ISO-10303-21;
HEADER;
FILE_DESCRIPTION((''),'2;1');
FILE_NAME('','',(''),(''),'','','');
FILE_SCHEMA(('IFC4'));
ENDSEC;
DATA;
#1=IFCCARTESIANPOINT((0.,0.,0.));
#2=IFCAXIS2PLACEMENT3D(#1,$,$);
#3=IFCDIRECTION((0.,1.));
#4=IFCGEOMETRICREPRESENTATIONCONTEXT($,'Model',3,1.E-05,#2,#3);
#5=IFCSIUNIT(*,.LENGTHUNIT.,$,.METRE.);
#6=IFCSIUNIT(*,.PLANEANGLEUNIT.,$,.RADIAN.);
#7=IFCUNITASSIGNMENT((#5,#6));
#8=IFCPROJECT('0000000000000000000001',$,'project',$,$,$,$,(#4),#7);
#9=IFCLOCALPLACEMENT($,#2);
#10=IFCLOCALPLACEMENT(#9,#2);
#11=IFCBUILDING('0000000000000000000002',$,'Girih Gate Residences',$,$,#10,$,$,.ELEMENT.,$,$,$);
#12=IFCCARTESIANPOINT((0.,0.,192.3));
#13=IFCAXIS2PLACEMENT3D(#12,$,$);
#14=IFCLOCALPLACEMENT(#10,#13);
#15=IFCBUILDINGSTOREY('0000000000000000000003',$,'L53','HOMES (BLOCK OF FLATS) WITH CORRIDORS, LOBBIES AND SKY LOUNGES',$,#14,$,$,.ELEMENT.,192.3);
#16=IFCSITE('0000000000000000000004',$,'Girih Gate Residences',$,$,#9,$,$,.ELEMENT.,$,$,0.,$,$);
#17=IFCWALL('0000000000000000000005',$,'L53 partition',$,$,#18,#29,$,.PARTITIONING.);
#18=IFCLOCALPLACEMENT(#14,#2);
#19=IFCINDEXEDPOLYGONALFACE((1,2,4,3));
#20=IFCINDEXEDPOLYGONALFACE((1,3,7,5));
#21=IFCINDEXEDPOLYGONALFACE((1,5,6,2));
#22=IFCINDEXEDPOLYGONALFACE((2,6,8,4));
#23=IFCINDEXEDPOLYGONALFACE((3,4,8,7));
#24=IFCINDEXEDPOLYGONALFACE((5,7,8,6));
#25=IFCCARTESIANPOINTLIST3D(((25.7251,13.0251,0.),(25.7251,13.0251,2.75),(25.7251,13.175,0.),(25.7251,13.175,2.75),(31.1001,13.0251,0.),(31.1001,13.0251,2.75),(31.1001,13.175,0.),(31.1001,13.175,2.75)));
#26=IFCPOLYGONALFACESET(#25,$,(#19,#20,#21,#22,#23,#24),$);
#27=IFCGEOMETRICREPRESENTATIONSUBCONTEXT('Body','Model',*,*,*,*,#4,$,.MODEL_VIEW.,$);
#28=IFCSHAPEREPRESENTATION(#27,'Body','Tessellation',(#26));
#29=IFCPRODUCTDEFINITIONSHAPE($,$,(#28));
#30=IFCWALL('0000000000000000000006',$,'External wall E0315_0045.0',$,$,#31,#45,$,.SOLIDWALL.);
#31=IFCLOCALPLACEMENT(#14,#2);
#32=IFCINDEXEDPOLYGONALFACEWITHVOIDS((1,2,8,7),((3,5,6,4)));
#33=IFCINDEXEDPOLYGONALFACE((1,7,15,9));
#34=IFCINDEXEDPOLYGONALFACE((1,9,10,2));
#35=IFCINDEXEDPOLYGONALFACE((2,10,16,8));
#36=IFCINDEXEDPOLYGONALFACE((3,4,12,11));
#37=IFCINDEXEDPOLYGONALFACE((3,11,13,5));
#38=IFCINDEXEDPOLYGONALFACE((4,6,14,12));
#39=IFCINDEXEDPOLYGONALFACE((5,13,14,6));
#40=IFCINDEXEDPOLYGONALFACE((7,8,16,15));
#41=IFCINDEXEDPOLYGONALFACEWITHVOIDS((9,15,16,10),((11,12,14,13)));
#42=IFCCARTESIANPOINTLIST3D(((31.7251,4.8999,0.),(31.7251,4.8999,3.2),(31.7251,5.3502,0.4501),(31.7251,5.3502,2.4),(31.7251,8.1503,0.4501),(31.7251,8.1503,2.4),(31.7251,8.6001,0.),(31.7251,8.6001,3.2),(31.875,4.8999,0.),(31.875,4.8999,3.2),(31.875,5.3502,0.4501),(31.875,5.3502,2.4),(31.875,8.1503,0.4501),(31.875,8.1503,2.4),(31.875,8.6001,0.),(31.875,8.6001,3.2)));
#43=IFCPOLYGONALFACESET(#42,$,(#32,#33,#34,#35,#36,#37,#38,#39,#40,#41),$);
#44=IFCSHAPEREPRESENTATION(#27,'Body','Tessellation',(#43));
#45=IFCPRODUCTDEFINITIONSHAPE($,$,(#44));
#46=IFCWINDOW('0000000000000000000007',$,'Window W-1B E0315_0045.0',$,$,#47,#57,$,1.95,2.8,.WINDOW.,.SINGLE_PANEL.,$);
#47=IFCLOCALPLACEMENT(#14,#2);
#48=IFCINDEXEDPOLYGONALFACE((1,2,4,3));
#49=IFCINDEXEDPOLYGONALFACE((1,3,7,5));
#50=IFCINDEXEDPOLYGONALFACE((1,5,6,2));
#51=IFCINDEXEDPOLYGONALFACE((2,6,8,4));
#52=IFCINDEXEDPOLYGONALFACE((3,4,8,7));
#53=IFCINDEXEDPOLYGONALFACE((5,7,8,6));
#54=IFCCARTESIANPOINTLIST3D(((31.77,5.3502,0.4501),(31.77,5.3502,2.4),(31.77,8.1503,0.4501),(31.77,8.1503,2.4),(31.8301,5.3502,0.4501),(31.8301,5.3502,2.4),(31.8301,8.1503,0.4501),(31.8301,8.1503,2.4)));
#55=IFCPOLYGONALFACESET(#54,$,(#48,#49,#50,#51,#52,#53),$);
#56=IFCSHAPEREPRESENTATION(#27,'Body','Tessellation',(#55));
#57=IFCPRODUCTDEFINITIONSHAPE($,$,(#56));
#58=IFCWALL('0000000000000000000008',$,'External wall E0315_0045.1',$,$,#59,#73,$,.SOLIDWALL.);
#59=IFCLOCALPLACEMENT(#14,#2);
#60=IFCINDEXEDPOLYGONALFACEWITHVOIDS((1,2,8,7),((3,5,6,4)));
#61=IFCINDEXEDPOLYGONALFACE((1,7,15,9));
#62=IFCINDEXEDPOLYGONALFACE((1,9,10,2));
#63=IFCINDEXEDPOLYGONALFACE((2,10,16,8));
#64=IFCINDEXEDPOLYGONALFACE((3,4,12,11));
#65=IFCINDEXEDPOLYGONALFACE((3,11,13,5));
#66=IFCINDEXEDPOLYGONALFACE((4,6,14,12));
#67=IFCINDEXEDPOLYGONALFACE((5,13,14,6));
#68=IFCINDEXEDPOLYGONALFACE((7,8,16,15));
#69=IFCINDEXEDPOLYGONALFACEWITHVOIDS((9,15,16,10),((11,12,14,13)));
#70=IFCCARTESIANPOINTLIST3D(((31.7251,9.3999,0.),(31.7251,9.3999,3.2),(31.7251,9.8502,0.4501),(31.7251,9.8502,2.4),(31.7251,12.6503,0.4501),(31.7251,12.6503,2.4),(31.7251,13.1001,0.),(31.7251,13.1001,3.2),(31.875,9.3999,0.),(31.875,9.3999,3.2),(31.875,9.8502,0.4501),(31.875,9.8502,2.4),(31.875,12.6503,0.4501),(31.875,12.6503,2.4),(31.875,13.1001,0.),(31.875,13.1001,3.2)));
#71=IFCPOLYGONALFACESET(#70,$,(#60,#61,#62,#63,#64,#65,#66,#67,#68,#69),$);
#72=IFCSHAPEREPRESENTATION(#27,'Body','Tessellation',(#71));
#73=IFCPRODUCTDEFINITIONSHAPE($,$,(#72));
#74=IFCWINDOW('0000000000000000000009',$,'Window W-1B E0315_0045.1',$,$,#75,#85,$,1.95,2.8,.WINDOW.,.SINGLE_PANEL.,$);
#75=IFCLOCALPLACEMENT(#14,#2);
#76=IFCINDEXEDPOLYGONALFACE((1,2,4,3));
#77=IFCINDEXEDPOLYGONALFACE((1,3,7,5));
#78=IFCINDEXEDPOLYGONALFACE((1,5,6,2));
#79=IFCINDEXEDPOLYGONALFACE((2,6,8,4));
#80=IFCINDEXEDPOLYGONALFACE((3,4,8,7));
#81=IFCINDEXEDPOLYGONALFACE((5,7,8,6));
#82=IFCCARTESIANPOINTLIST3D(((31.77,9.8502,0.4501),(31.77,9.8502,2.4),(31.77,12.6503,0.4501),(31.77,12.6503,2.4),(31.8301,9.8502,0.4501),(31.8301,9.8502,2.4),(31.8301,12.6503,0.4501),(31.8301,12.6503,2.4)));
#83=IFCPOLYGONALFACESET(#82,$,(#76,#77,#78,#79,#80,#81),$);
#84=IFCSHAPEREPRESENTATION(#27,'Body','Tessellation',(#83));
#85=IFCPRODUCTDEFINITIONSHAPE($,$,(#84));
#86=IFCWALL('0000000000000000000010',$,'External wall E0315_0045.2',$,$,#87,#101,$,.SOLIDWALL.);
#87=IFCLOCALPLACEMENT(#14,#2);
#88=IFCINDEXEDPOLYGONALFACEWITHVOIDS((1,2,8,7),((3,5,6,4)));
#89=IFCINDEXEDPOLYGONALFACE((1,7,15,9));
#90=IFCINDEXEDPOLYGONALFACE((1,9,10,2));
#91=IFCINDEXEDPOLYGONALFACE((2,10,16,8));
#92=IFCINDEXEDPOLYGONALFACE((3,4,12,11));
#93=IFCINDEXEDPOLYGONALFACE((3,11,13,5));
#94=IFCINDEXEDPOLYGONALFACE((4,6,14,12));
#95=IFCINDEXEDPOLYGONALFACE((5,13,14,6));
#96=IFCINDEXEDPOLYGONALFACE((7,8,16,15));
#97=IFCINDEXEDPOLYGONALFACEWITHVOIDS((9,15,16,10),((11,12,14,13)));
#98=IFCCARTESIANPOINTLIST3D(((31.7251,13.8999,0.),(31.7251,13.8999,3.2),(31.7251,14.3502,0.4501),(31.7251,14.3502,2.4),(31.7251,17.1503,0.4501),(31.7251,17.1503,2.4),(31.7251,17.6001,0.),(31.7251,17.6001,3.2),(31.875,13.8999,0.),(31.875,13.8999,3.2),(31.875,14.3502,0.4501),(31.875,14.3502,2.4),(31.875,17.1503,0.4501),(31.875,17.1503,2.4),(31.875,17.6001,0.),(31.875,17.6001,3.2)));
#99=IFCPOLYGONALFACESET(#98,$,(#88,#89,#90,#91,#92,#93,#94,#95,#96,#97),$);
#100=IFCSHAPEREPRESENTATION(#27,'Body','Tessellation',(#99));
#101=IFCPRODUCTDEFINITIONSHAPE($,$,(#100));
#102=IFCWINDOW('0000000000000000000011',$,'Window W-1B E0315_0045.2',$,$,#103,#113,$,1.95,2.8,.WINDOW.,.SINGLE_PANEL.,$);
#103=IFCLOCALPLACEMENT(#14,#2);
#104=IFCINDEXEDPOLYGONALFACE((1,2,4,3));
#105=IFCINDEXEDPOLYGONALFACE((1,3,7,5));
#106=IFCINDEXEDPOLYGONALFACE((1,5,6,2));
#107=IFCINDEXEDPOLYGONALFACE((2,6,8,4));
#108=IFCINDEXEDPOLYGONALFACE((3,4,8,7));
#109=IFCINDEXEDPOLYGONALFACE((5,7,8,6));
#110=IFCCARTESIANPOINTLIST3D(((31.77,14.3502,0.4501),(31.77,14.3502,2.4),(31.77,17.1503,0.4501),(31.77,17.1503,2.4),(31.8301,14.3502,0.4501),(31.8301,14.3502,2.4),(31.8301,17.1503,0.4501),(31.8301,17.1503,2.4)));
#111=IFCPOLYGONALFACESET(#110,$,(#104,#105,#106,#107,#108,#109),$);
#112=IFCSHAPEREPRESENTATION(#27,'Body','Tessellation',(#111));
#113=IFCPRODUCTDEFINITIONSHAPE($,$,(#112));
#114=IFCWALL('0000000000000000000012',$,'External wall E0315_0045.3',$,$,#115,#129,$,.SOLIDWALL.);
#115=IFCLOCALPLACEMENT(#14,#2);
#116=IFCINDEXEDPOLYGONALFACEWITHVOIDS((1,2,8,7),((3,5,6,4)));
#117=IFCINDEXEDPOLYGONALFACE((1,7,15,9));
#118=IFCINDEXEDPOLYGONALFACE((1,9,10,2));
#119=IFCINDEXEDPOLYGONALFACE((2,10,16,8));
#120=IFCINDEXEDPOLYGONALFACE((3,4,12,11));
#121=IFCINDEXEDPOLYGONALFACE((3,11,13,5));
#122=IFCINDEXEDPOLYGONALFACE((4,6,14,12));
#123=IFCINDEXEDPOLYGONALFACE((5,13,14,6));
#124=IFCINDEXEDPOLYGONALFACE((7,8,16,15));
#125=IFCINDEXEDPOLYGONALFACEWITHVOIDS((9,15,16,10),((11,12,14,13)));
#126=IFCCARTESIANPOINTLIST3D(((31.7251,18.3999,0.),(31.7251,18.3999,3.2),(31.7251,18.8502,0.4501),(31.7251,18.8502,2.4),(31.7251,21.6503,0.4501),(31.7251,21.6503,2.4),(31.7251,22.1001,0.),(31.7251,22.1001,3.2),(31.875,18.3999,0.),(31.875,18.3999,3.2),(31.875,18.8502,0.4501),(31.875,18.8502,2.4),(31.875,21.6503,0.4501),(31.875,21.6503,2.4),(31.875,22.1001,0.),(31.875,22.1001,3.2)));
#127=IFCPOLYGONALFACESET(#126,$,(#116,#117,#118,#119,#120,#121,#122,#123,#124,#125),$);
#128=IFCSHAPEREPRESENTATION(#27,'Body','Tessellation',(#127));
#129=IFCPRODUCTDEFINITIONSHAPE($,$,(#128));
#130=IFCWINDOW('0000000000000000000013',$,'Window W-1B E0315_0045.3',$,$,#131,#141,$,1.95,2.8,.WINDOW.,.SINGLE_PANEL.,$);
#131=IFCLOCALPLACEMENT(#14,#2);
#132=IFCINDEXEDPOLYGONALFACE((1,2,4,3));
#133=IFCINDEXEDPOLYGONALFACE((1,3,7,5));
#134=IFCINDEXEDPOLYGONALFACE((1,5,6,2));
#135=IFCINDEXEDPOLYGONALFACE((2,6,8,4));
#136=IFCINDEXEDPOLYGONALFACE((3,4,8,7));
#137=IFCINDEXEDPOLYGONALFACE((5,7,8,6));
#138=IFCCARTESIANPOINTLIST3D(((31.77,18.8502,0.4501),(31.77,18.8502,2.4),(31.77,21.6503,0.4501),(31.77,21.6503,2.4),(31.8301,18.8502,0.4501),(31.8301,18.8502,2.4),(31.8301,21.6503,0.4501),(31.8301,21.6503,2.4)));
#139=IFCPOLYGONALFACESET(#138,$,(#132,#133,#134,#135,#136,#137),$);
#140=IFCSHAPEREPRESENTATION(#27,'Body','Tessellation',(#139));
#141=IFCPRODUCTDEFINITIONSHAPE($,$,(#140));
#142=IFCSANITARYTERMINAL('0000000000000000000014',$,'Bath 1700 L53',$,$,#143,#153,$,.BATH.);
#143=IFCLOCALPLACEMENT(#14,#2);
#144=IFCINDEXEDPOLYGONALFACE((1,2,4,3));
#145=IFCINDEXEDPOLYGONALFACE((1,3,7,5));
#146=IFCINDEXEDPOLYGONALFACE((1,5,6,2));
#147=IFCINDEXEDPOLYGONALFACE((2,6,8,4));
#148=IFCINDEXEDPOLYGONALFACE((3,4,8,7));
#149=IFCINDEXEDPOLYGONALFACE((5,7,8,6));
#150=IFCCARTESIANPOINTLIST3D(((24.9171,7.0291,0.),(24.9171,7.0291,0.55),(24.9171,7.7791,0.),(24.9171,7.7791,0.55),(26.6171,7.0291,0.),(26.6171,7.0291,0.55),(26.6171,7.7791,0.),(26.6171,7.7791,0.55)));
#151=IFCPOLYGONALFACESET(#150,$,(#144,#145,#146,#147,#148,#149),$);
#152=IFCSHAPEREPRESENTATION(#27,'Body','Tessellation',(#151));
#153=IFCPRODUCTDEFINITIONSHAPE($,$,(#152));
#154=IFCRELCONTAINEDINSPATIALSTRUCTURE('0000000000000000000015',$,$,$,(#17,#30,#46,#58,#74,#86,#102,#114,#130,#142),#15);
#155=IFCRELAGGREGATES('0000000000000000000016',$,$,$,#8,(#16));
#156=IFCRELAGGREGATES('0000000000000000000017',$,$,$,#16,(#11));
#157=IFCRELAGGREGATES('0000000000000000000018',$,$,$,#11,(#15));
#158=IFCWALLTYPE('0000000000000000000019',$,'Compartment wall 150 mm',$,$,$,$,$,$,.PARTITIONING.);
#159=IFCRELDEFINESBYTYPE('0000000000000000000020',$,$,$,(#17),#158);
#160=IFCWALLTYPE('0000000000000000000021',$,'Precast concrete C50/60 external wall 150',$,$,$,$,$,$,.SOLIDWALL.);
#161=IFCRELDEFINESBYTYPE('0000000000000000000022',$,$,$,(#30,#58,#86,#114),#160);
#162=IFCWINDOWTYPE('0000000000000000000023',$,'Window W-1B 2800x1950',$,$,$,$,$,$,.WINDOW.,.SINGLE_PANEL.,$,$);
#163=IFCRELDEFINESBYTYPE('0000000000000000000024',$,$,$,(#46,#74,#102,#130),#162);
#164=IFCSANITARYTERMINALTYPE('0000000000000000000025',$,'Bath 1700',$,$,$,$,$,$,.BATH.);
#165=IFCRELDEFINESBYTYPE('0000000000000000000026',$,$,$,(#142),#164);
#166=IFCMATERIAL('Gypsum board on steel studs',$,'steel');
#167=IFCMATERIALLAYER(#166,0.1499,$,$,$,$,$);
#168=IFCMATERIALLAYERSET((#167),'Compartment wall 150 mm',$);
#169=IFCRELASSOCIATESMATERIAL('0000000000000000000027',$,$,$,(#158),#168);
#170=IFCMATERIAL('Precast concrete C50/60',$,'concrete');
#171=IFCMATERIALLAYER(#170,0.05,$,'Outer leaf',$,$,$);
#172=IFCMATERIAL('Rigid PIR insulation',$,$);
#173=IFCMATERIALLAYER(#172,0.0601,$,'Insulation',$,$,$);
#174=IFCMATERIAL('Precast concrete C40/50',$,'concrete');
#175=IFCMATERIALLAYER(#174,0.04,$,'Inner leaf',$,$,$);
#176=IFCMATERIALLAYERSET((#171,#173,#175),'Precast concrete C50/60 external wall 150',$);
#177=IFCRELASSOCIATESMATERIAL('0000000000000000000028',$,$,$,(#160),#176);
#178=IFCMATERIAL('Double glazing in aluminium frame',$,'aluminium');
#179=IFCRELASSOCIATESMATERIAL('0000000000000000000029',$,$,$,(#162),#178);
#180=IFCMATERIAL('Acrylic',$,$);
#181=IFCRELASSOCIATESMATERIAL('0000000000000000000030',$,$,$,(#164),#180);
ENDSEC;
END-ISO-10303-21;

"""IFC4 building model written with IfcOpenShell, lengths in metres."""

from ifc_helpers import new_model, si_unit, direction, frame, frame_2d, origin, origin_2d, place, context, subcontext, project, spatial, rectangle, extrude, material, layer, layer_set, type_object, element, fill, save


model = new_model("IFC4")

# Units and contexts
model_context = context("Model", 3, precision=1e-05, world=origin(), true_north=direction((0.0, 1.0)))
body_context = subcontext(model_context, "Body", "Model", "MODEL_VIEW")
ifc_project = project(units=[si_unit("LENGTHUNIT", "METRE"), si_unit("PLANEANGLEUNIT", "RADIAN")], contexts=[model_context])

# Site, building, storey
site_placement = place(None, origin())
site = spatial("IfcSite", under=ifc_project, at=site_placement, Name="Girih Gate Residences", CompositionType="ELEMENT", RefElevation=0.0)
building_placement = place(site_placement, origin())
building = spatial("IfcBuilding", under=site, at=building_placement, Name="Girih Gate Residences", CompositionType="ELEMENT")
storey_placement = place(building_placement, frame((0.0, 0.0, 192.3)))
storey = spatial("IfcBuildingStorey", under=building, at=storey_placement, Name="L53", Description="HOMES (BLOCK OF FLATS) WITH CORRIDORS, LOBBIES AND SKY LOUNGES", CompositionType="ELEMENT", Elevation=192.3)

# Shared definitions
ifc_material_1 = material(Name="Gypsum board on steel studs", Category="steel")
ifc_layer_1 = layer(ifc_material_1, 0.1499)
ifc_layer_set_1 = layer_set([ifc_layer_1], Name="Compartment wall 150 mm")
wall_type_1 = type_object("IfcWallType", Name="Compartment wall 150 mm", PredefinedType="PARTITIONING", material=ifc_layer_set_1)

# Wall
wall_1_placement = place(storey_placement, frame((25.7251, 13.1001, 0.0), z_axis=(0.0, 0.0, 1.0), x_axis=(1.0, 0.0, 0.0)))
element("IfcWall", 1, at=wall_1_placement, inside=storey, type_object=wall_type_1, Name="L53 partition", PredefinedType="PARTITIONING", context=body_context, shape_type="SweptSolid", body=[
    extrude(rectangle(XDim=5.375, YDim=0.1499, at=frame_2d((2.6875, 0.0))), origin(), (0.0, 0.0, 1.0), 2.75),
])

# Walls, openings, windows
ifc_material_2 = material(Name="Precast concrete C50/60", Category="concrete")
ifc_layer_2 = layer(ifc_material_2, 0.05, Name="Outer leaf")
ifc_material_3 = material(Name="Rigid PIR insulation")
ifc_layer_3 = layer(ifc_material_3, 0.0601, Name="Insulation")
ifc_material_4 = material(Name="Precast concrete C40/50", Category="concrete")
ifc_layer_4 = layer(ifc_material_4, 0.04, Name="Inner leaf")
ifc_layer_set_2 = layer_set([ifc_layer_2, ifc_layer_3, ifc_layer_4], Name="Precast concrete C50/60 external wall 150")
wall_type_2 = type_object("IfcWallType", Name="Precast concrete C50/60 external wall 150", PredefinedType="SOLIDWALL", material=ifc_layer_set_2)
wall_2_placement = place(storey_placement, frame((31.8, 8.6001, 0.0), z_axis=(0.0, 0.0, 1.0), x_axis=(0.0, -1.0, 0.0)))
wall_2 = element("IfcWall", 2, at=wall_2_placement, inside=storey, type_object=wall_type_2, Name="External wall E0315_0045.0", PredefinedType="SOLIDWALL", context=body_context, shape_type="SweptSolid", body=[
    extrude(rectangle(XDim=3.7002, YDim=0.1499, at=frame_2d((1.8501, 0.0))), origin(), (0.0, 0.0, 1.0), 3.2),
])
opening_1_placement = place(wall_2_placement, frame((0.45, 0.0, 0.45)))
opening_1 = element("IfcOpeningElement", 3, at=opening_1_placement, cuts=wall_2, PredefinedType="OPENING", context=body_context, shape_type="SweptSolid", body=[
    extrude(rectangle(XDim=2.8, YDim=1.95, at=frame_2d((1.3999, 0.9751))), frame((0.0, 0.085, 0.0), z_axis=(0.0, -1.0, 0.0), x_axis=(1.0, 0.0, 0.0)), (0.0, 0.0, 1.0), 0.1699),
])
ifc_material_5 = material(Name="Double glazing in aluminium frame", Category="aluminium")
window_type = type_object("IfcWindowType", Name="Window W-1B 2800x1950", PartitioningType="SINGLE_PANEL", PredefinedType="WINDOW", material=ifc_material_5)
window_1_placement = place(opening_1_placement, origin())
window_1 = element("IfcWindow", 4, at=window_1_placement, inside=storey, type_object=window_type, Name="Window W-1B E0315_0045.0", OverallHeight=1.95, OverallWidth=2.8, PartitioningType="SINGLE_PANEL", PredefinedType="WINDOW", context=body_context, shape_type="SweptSolid", body=[
    extrude(rectangle(XDim=2.8, YDim=1.95, at=frame_2d((1.3999, 0.9751))), frame((0.0, 0.03, 0.0), z_axis=(0.0, -1.0, 0.0), x_axis=(1.0, 0.0, 0.0)), (0.0, 0.0, 1.0), 0.0601),
])
fill(opening_1, window_1)
wall_3_placement = place(storey_placement, frame((31.8, 13.1001, 0.0), z_axis=(0.0, 0.0, 1.0), x_axis=(0.0, -1.0, 0.0)))
wall_3 = element("IfcWall", 5, at=wall_3_placement, inside=storey, type_object=wall_type_2, Name="External wall E0315_0045.1", PredefinedType="SOLIDWALL", context=body_context, shape_type="SweptSolid", body=[
    extrude(rectangle(XDim=3.7002, YDim=0.1499, at=frame_2d((1.8501, 0.0))), origin(), (0.0, 0.0, 1.0), 3.2),
])
opening_2_placement = place(wall_3_placement, frame((0.45, 0.0, 0.45)))
opening_2 = element("IfcOpeningElement", 6, at=opening_2_placement, cuts=wall_3, PredefinedType="OPENING", context=body_context, shape_type="SweptSolid", body=[
    extrude(rectangle(XDim=2.8, YDim=1.95, at=frame_2d((1.3999, 0.9751))), frame((0.0, 0.085, 0.0), z_axis=(0.0, -1.0, 0.0), x_axis=(1.0, 0.0, 0.0)), (0.0, 0.0, 1.0), 0.1699),
])
window_2_placement = place(opening_2_placement, origin())
window_2 = element("IfcWindow", 7, at=window_2_placement, inside=storey, type_object=window_type, Name="Window W-1B E0315_0045.1", OverallHeight=1.95, OverallWidth=2.8, PartitioningType="SINGLE_PANEL", PredefinedType="WINDOW", context=body_context, shape_type="SweptSolid", body=[
    extrude(rectangle(XDim=2.8, YDim=1.95, at=frame_2d((1.3999, 0.9751))), frame((0.0, 0.03, 0.0), z_axis=(0.0, -1.0, 0.0), x_axis=(1.0, 0.0, 0.0)), (0.0, 0.0, 1.0), 0.0601),
])
fill(opening_2, window_2)
wall_4_placement = place(storey_placement, frame((31.8, 17.6001, 0.0), z_axis=(0.0, 0.0, 1.0), x_axis=(0.0, -1.0, 0.0)))
wall_4 = element("IfcWall", 8, at=wall_4_placement, inside=storey, type_object=wall_type_2, Name="External wall E0315_0045.2", PredefinedType="SOLIDWALL", context=body_context, shape_type="SweptSolid", body=[
    extrude(rectangle(XDim=3.7002, YDim=0.1499, at=frame_2d((1.8501, 0.0))), origin(), (0.0, 0.0, 1.0), 3.2),
])
opening_3_placement = place(wall_4_placement, frame((0.45, 0.0, 0.45)))
opening_3 = element("IfcOpeningElement", 9, at=opening_3_placement, cuts=wall_4, PredefinedType="OPENING", context=body_context, shape_type="SweptSolid", body=[
    extrude(rectangle(XDim=2.8, YDim=1.95, at=frame_2d((1.3999, 0.9751))), frame((0.0, 0.085, 0.0), z_axis=(0.0, -1.0, 0.0), x_axis=(1.0, 0.0, 0.0)), (0.0, 0.0, 1.0), 0.1699),
])
window_3_placement = place(opening_3_placement, origin())
window_3 = element("IfcWindow", 10, at=window_3_placement, inside=storey, type_object=window_type, Name="Window W-1B E0315_0045.2", OverallHeight=1.95, OverallWidth=2.8, PartitioningType="SINGLE_PANEL", PredefinedType="WINDOW", context=body_context, shape_type="SweptSolid", body=[
    extrude(rectangle(XDim=2.8, YDim=1.95, at=frame_2d((1.3999, 0.9751))), frame((0.0, 0.03, 0.0), z_axis=(0.0, -1.0, 0.0), x_axis=(1.0, 0.0, 0.0)), (0.0, 0.0, 1.0), 0.0601),
])
fill(opening_3, window_3)
wall_5_placement = place(storey_placement, frame((31.8, 22.1001, 0.0), z_axis=(0.0, 0.0, 1.0), x_axis=(0.0, -1.0, 0.0)))
wall_5 = element("IfcWall", 11, at=wall_5_placement, inside=storey, type_object=wall_type_2, Name="External wall E0315_0045.3", PredefinedType="SOLIDWALL", context=body_context, shape_type="SweptSolid", body=[
    extrude(rectangle(XDim=3.7002, YDim=0.1499, at=frame_2d((1.8501, 0.0))), origin(), (0.0, 0.0, 1.0), 3.2),
])
opening_4_placement = place(wall_5_placement, frame((0.45, 0.0, 0.45)))
opening_4 = element("IfcOpeningElement", 12, at=opening_4_placement, cuts=wall_5, PredefinedType="OPENING", context=body_context, shape_type="SweptSolid", body=[
    extrude(rectangle(XDim=2.8, YDim=1.95, at=frame_2d((1.3999, 0.9751))), frame((0.0, 0.085, 0.0), z_axis=(0.0, -1.0, 0.0), x_axis=(1.0, 0.0, 0.0)), (0.0, 0.0, 1.0), 0.1699),
])
window_4_placement = place(opening_4_placement, origin())
window_4 = element("IfcWindow", 13, at=window_4_placement, inside=storey, type_object=window_type, Name="Window W-1B E0315_0045.3", OverallHeight=1.95, OverallWidth=2.8, PartitioningType="SINGLE_PANEL", PredefinedType="WINDOW", context=body_context, shape_type="SweptSolid", body=[
    extrude(rectangle(XDim=2.8, YDim=1.95, at=frame_2d((1.3999, 0.9751))), frame((0.0, 0.03, 0.0), z_axis=(0.0, -1.0, 0.0), x_axis=(1.0, 0.0, 0.0)), (0.0, 0.0, 1.0), 0.0601),
])
fill(opening_4, window_4)

# Sanitary terminal
ifc_material_6 = material(Name="Acrylic")
sanitary_terminal_type = type_object("IfcSanitaryTerminalType", Name="Bath 1700", PredefinedType="BATH", material=ifc_material_6)
sanitary_terminal_placement = place(storey_placement, frame((25.7671, 7.4041, 0.0), z_axis=(0.0, 0.0, 1.0), x_axis=(1.0, 0.0, 0.0)))
element("IfcSanitaryTerminal", 14, at=sanitary_terminal_placement, inside=storey, type_object=sanitary_terminal_type, Name="Bath 1700 L53", PredefinedType="BATH", context=body_context, shape_type="SweptSolid", body=[
    extrude(rectangle(XDim=1.7, YDim=0.75, at=origin_2d()), origin(), (0.0, 0.0, 1.0), 0.55),
])

save(model, "model.ifc")
